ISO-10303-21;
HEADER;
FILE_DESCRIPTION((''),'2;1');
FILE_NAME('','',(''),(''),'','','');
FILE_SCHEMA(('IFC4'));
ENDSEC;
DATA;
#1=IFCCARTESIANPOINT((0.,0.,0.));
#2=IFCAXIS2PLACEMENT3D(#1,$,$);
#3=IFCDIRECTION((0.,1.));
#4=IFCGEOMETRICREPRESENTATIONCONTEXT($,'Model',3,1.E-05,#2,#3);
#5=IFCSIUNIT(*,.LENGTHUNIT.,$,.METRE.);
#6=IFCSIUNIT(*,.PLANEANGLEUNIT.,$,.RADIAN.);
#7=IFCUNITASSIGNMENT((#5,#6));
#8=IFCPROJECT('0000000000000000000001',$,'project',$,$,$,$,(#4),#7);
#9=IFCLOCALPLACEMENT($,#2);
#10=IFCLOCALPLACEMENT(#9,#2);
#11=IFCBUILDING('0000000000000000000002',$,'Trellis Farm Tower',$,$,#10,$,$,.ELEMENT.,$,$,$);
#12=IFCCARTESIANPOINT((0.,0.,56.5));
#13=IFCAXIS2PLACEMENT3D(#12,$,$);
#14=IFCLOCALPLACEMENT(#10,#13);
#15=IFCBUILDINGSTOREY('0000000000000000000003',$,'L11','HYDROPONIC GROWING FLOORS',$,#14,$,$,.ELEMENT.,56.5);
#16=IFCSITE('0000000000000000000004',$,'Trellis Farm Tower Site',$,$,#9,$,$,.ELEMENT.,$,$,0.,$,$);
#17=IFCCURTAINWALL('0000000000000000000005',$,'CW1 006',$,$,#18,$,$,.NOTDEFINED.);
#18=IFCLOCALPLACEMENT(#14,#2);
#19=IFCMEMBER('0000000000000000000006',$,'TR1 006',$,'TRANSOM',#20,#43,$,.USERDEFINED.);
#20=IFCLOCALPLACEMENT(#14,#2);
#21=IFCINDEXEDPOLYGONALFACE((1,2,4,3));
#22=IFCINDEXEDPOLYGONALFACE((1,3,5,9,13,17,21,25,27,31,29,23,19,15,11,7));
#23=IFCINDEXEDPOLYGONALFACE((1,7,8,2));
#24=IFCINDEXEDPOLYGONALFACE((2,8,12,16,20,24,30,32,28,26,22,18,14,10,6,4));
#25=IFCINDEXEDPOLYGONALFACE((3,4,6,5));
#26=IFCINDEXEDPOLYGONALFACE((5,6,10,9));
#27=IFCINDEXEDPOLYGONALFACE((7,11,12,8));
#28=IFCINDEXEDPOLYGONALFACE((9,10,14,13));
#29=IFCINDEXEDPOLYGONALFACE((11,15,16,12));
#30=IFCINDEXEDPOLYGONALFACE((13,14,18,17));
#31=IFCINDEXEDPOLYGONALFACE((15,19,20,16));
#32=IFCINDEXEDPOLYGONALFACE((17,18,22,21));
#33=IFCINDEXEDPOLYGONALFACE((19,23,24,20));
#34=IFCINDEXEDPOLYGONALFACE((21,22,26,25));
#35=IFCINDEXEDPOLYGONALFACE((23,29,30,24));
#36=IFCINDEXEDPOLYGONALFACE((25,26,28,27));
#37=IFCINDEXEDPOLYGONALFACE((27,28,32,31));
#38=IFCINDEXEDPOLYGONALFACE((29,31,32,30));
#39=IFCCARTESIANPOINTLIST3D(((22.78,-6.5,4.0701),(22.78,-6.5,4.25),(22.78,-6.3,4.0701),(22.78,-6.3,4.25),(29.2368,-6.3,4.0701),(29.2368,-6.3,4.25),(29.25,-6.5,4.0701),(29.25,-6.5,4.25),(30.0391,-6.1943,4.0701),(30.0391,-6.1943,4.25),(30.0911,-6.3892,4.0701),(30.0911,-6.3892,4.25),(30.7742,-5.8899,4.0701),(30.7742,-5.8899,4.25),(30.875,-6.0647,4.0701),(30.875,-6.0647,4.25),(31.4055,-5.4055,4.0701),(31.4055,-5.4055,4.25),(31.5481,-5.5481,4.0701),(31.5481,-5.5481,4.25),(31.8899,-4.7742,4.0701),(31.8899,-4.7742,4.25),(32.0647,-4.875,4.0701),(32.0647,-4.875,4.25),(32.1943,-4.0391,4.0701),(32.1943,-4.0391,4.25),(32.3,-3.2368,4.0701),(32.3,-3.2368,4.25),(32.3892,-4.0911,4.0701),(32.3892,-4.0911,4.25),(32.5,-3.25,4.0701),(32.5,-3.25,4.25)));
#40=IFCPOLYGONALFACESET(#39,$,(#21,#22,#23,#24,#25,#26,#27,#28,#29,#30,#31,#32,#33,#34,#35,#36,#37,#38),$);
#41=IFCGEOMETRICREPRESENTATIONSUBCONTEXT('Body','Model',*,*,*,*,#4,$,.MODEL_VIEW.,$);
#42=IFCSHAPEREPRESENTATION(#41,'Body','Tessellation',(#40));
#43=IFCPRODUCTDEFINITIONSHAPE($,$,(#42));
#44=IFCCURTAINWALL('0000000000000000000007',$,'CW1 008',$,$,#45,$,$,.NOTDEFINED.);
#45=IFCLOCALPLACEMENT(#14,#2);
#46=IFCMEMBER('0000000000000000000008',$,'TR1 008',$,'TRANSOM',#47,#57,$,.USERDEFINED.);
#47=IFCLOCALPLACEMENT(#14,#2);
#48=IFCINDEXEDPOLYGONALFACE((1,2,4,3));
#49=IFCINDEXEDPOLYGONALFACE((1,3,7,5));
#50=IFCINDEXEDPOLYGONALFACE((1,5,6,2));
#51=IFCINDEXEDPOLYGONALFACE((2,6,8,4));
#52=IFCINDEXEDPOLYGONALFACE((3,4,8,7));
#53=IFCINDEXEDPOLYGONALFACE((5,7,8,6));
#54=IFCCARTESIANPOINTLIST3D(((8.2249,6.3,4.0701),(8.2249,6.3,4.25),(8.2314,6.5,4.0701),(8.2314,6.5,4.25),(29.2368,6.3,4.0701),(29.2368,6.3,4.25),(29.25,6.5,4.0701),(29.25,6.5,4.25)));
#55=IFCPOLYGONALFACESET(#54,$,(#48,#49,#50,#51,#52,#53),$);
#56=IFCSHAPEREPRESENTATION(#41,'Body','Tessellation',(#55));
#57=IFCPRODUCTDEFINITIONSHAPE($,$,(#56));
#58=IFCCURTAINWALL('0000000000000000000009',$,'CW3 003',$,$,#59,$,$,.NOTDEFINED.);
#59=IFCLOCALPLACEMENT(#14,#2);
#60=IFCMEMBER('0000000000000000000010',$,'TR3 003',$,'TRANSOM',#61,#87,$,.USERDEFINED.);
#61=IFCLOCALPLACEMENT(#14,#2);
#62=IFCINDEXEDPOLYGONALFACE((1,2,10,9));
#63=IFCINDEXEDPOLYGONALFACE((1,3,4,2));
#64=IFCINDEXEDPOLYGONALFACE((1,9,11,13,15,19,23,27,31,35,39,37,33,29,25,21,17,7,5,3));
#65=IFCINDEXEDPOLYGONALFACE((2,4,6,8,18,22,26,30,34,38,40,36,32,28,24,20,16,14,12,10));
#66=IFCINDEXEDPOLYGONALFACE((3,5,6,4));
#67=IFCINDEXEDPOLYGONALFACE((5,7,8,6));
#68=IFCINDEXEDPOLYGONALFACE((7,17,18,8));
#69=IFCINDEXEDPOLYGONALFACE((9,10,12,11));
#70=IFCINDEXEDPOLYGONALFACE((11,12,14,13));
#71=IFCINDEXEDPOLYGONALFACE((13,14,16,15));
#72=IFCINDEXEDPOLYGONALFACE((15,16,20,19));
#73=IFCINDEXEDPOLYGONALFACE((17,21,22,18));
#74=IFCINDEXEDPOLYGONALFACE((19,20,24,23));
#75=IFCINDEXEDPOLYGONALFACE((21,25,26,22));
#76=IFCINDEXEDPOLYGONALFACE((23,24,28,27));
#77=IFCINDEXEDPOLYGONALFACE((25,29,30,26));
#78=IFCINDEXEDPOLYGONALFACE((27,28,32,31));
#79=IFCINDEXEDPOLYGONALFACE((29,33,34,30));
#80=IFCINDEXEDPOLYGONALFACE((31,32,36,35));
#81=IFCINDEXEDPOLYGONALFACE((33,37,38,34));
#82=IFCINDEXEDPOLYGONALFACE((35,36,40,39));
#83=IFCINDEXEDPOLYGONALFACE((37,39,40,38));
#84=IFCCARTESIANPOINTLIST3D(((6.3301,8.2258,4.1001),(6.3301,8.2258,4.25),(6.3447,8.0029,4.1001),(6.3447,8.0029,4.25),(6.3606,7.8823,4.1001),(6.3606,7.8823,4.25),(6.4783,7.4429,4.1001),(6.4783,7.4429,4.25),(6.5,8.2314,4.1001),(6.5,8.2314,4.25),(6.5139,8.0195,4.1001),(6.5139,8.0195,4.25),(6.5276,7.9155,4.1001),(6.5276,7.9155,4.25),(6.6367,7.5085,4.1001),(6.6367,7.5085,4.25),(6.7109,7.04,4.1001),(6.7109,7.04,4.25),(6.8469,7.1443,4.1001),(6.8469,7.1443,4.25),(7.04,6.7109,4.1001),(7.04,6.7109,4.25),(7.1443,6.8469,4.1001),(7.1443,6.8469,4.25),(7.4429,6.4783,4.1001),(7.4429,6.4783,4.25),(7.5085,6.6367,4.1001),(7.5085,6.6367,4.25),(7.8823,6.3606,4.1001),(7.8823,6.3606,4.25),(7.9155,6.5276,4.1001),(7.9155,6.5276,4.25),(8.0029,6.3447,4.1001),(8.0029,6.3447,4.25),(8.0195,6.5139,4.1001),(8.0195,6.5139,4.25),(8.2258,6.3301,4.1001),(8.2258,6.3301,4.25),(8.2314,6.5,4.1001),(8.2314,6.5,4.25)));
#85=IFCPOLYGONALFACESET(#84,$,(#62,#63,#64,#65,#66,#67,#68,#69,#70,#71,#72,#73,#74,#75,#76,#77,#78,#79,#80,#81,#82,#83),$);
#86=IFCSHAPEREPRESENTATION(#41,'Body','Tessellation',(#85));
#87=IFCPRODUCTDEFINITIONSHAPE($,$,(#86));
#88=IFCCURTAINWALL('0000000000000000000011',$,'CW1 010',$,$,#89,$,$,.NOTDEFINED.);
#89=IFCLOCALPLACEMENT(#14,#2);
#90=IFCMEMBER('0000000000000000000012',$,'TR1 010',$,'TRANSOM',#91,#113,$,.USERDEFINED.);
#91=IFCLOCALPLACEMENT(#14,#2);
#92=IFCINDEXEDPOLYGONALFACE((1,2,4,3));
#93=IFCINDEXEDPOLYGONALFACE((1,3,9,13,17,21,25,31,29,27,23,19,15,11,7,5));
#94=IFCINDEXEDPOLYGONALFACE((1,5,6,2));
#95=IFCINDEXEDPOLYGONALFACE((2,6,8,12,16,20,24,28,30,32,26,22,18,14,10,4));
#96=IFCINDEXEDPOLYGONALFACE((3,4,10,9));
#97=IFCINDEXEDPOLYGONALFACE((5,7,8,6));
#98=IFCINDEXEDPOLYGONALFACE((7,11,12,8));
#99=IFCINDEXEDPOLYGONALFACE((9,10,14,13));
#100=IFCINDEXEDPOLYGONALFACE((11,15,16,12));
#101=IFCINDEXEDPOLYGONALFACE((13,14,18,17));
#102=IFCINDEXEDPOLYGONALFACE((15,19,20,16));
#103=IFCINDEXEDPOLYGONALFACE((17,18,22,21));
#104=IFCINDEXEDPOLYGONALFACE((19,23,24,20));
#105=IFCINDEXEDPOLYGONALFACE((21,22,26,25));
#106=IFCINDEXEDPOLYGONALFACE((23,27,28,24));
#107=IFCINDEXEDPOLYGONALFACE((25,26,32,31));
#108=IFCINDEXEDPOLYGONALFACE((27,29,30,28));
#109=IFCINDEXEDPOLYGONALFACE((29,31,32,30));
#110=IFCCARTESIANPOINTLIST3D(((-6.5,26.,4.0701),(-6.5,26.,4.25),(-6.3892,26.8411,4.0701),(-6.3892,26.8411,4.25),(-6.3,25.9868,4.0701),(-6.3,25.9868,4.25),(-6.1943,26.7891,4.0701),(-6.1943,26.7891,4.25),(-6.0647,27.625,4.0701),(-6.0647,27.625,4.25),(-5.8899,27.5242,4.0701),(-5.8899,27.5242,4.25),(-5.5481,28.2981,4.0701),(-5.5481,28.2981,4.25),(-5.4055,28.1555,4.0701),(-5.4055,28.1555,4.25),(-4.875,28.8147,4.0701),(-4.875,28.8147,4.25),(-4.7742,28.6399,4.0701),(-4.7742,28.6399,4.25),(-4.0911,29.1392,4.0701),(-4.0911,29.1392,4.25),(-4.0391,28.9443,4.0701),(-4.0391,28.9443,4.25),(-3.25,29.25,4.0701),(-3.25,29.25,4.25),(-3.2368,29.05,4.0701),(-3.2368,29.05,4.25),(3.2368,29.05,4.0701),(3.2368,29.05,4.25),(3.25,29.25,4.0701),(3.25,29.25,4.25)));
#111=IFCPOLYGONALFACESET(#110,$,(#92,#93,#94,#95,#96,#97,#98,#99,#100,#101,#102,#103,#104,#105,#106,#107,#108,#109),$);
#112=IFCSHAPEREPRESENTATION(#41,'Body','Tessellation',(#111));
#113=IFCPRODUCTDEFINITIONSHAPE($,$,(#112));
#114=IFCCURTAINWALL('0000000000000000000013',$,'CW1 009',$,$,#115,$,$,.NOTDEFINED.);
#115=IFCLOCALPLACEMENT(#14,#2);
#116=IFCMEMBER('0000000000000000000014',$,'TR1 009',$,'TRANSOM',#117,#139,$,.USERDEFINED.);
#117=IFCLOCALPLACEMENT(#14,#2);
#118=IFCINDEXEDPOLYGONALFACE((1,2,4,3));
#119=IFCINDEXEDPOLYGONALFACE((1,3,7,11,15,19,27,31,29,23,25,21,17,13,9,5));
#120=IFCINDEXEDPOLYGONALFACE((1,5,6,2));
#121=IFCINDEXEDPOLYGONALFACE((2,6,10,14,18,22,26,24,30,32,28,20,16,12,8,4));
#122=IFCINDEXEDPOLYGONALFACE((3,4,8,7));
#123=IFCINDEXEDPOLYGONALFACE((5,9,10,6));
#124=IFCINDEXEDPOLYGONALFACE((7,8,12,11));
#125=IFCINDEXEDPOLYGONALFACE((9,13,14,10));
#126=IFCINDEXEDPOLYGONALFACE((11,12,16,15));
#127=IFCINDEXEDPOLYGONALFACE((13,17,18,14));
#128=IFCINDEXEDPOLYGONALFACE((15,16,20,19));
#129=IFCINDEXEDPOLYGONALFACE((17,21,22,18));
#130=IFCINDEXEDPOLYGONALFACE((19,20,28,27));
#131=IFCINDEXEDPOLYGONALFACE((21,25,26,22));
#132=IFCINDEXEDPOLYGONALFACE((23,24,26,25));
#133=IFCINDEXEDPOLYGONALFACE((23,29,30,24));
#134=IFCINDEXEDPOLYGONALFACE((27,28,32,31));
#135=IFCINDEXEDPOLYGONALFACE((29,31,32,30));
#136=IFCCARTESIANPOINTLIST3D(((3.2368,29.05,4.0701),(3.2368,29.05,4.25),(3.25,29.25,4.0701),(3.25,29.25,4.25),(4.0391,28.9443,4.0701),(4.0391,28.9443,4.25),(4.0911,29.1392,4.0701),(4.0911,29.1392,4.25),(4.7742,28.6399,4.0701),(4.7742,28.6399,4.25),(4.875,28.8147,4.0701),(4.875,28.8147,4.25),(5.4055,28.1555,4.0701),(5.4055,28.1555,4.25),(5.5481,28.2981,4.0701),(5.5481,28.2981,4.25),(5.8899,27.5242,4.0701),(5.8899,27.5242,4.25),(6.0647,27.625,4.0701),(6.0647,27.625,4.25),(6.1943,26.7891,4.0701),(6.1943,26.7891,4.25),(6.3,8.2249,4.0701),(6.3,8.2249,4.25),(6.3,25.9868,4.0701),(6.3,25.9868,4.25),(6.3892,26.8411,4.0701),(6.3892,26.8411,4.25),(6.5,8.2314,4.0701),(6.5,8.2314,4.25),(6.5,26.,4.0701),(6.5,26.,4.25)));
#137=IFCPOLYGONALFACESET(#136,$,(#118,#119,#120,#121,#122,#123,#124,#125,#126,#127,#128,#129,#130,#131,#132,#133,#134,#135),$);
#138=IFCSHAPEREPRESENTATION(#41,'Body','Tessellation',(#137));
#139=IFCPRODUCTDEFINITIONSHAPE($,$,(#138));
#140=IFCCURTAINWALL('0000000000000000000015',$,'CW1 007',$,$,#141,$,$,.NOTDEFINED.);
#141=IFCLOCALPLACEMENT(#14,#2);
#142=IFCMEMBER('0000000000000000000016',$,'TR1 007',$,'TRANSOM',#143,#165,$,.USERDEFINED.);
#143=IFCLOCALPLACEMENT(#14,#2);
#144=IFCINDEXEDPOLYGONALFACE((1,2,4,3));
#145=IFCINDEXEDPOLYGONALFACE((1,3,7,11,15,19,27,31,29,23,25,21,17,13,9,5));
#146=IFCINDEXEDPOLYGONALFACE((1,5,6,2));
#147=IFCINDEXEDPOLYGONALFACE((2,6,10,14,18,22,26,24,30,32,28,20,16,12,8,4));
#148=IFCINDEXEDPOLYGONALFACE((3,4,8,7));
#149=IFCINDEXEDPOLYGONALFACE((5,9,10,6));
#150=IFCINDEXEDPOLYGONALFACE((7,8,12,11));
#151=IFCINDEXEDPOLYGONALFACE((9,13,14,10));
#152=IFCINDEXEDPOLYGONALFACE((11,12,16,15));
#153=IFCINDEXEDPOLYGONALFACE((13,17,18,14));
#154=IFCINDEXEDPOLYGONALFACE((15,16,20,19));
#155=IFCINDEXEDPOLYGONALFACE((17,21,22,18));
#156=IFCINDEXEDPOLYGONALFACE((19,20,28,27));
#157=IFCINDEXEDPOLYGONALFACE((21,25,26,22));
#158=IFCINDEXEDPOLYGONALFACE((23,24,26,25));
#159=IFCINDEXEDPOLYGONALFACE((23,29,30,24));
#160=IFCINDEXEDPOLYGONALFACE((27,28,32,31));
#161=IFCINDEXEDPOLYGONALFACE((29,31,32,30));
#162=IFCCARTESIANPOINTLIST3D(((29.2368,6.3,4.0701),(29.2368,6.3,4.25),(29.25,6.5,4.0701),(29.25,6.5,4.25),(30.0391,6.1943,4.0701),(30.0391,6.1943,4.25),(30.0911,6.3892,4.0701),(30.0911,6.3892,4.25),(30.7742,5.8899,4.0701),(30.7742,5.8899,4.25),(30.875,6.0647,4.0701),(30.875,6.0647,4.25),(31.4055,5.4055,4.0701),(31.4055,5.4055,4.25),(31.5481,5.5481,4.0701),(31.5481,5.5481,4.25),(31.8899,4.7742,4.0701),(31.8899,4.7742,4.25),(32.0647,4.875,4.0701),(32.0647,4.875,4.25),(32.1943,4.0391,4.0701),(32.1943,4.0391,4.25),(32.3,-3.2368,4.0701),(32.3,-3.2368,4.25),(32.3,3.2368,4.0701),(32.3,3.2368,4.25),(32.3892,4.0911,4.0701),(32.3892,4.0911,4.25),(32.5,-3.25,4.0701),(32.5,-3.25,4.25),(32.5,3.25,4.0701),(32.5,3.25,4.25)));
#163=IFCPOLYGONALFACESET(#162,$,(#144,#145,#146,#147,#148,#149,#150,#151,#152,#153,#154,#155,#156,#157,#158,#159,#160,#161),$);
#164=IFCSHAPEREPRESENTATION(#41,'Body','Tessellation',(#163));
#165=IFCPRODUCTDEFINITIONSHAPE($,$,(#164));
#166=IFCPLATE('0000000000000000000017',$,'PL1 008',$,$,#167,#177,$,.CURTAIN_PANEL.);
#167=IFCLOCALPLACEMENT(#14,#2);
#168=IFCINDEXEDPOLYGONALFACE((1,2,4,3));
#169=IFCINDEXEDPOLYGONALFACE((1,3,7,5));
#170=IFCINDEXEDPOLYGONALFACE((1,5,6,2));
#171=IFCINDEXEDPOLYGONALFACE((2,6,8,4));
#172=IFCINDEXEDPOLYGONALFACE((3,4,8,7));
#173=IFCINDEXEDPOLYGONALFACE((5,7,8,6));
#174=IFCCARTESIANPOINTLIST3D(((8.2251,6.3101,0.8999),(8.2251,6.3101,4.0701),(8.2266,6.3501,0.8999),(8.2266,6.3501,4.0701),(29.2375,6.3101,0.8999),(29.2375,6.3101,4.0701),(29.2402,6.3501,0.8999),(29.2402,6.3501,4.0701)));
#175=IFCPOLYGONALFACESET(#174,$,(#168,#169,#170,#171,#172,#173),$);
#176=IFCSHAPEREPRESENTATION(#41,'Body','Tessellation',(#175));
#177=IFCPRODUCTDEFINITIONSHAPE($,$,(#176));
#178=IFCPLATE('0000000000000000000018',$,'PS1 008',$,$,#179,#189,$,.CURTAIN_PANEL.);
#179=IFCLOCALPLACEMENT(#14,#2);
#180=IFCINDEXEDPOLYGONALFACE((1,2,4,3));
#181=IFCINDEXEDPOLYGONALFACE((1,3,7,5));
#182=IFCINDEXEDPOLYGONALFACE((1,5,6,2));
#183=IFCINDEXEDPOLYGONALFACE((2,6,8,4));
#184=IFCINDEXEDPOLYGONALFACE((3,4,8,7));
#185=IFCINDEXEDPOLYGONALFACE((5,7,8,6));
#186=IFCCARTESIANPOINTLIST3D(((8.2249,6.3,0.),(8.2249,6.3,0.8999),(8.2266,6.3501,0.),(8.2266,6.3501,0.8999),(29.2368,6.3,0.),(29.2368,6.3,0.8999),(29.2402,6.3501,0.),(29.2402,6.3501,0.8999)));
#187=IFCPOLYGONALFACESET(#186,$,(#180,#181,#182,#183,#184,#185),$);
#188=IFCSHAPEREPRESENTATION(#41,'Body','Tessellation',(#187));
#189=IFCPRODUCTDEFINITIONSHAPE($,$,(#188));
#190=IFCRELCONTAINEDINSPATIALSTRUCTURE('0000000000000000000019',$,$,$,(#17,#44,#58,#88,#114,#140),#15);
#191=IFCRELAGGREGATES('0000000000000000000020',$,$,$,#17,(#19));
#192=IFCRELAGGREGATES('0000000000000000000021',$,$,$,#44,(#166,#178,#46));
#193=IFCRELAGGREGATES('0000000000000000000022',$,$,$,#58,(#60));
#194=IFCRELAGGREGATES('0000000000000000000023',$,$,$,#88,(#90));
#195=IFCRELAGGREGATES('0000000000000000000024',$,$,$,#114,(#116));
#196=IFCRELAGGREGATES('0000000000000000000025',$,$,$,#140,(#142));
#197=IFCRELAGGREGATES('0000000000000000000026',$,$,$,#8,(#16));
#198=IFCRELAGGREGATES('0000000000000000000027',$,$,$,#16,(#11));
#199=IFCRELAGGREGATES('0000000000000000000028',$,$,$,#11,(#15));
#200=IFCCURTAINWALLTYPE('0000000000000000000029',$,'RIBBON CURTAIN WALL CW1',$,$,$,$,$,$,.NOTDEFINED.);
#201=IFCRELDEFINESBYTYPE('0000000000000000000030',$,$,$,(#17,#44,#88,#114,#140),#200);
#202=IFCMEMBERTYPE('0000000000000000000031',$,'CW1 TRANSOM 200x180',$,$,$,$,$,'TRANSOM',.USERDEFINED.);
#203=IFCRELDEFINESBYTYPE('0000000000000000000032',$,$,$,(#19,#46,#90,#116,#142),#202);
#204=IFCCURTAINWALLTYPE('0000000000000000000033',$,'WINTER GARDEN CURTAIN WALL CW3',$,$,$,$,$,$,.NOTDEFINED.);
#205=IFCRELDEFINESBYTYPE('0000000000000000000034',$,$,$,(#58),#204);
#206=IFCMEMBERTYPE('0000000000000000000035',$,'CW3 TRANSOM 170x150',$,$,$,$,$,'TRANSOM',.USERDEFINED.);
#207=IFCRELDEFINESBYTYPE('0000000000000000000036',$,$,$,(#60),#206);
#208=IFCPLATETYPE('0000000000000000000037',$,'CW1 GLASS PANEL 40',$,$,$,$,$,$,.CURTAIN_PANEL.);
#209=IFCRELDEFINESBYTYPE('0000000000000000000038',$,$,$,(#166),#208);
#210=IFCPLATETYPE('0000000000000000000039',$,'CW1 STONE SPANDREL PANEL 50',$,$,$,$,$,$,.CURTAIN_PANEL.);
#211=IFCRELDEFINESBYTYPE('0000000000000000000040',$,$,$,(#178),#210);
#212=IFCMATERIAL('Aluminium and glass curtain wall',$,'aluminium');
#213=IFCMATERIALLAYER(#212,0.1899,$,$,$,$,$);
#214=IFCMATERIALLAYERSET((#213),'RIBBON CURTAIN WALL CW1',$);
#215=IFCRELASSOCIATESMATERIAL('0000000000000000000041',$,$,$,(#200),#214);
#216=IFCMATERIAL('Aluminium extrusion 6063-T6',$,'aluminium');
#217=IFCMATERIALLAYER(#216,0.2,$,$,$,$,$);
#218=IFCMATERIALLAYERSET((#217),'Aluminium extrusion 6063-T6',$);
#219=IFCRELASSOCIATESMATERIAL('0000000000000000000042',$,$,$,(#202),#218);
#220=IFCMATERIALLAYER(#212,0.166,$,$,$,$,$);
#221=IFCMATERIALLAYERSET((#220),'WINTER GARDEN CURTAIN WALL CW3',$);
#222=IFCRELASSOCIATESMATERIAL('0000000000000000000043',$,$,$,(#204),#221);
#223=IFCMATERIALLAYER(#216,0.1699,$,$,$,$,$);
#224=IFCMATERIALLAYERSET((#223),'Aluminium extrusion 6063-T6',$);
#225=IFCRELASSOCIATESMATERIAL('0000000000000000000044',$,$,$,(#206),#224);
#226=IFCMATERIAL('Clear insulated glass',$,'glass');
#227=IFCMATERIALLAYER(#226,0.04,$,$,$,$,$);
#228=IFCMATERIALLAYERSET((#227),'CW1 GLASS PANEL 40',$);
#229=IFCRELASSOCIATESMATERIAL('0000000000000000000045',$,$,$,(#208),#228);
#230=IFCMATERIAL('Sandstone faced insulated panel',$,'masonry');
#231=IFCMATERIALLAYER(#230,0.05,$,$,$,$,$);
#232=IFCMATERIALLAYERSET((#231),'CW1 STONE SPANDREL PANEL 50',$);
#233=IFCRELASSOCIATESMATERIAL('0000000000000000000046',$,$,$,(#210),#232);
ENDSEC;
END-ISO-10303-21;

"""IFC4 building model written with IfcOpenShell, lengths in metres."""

from ifc_helpers import new_model, si_unit, direction, frame, origin, place, context, subcontext, project, spatial, polyline, outline, extrude, source, transform, mapped, material, layer, layer_set, type_object, element, aggregate, save


model = new_model("IFC4")

# Units and contexts
model_context = context("Model", 3, precision=1e-05, world=origin(), true_north=direction((0.0, 1.0)))
body_context = subcontext(model_context, "Body", "Model", "MODEL_VIEW")
ifc_project = project(units=[si_unit("LENGTHUNIT", "METRE"), si_unit("PLANEANGLEUNIT", "RADIAN")], contexts=[model_context])

# Site, building, storey
site_placement = place(None, origin())
site = spatial("IfcSite", under=ifc_project, at=site_placement, Name="Trellis Farm Tower Site", CompositionType="ELEMENT", RefElevation=0.0)
building_placement = place(site_placement, origin())
building = spatial("IfcBuilding", under=site, at=building_placement, Name="Trellis Farm Tower", CompositionType="ELEMENT")
storey_placement = place(building_placement, frame((0.0, 0.0, 56.5)))
storey = spatial("IfcBuildingStorey", under=building, at=storey_placement, Name="L11", Description="HYDROPONIC GROWING FLOORS", CompositionType="ELEMENT", Elevation=56.5)

# Curtain walls, members
ifc_material_1 = material(Name="Aluminium and glass curtain wall", Category="aluminium")
ifc_layer_1 = layer(ifc_material_1, 0.1899)
ifc_layer_set_1 = layer_set([ifc_layer_1], Name="RIBBON CURTAIN WALL CW1")
curtain_wall_type_1 = type_object("IfcCurtainWallType", Name="RIBBON CURTAIN WALL CW1", PredefinedType="NOTDEFINED", material=ifc_layer_set_1)
placement_1 = place(storey_placement, origin())
curtain_wall_1 = element("IfcCurtainWall", 1, at=placement_1, inside=storey, type_object=curtain_wall_type_1, Name="CW1 006", PredefinedType="NOTDEFINED")
ifc_material_2 = material(Name="Aluminium extrusion 6063-T6", Category="aluminium")
ifc_layer_2 = layer(ifc_material_2, 0.2)
ifc_layer_set_2 = layer_set([ifc_layer_2], Name="Aluminium extrusion 6063-T6")
member_type_1 = type_object("IfcMemberType", Name="CW1 TRANSOM 200x180", ElementType="TRANSOM", PredefinedType="USERDEFINED", material=ifc_layer_set_2)
shared_shape_1 = source(origin(), body_context, "Body", "SweptSolid", [
    extrude(outline(polyline([(22.78, -6.5), (29.25, -6.5), (30.0911, -6.3892), (30.875, -6.0647), (31.5481, -5.5481), (32.0647, -4.875), (32.3892, -4.0911), (32.5, -3.25), (32.3, -3.2368), (32.1943, -4.0391), (31.8899, -4.7742), (31.4055, -5.4055), (30.7742, -5.8899), (30.0391, -6.1943), (29.2368, -6.3), (22.78, -6.3), (22.78, -6.5)])), origin(), (0.0, 0.0, 1.0), 0.1799),
])
placement_2 = place(storey_placement, frame((0.0, 0.0, 4.0701)))
member_1 = element("IfcMember", 2, at=placement_2, type_object=member_type_1, Name="TR1 006", ObjectType="TRANSOM", PredefinedType="USERDEFINED", context=body_context, shape_type="MappedRepresentation", body=[
    mapped(shared_shape_1, transform((0.0, 0.0, 0.0))),
])
aggregate(curtain_wall_1, [member_1])
curtain_wall_2 = element("IfcCurtainWall", 3, at=placement_1, inside=storey, type_object=curtain_wall_type_1, Name="CW1 008", PredefinedType="NOTDEFINED")
shared_shape_2 = source(origin(), body_context, "Body", "SweptSolid", [
    extrude(outline(polyline([(29.25, 6.5), (8.2314, 6.5), (8.2249, 6.3), (29.2368, 6.3), (29.25, 6.5)])), origin(), (0.0, 0.0, 1.0), 0.1799),
])
member_2 = element("IfcMember", 4, at=placement_2, type_object=member_type_1, Name="TR1 008", ObjectType="TRANSOM", PredefinedType="USERDEFINED", context=body_context, shape_type="MappedRepresentation", body=[
    mapped(shared_shape_2, transform((0.0, 0.0, 0.0))),
])
ifc_layer_3 = layer(ifc_material_1, 0.166)
ifc_layer_set_3 = layer_set([ifc_layer_3], Name="WINTER GARDEN CURTAIN WALL CW3")
curtain_wall_type_2 = type_object("IfcCurtainWallType", Name="WINTER GARDEN CURTAIN WALL CW3", PredefinedType="NOTDEFINED", material=ifc_layer_set_3)
curtain_wall_3 = element("IfcCurtainWall", 5, at=placement_1, inside=storey, type_object=curtain_wall_type_2, Name="CW3 003", PredefinedType="NOTDEFINED")
ifc_layer_4 = layer(ifc_material_2, 0.1699)
ifc_layer_set_4 = layer_set([ifc_layer_4], Name="Aluminium extrusion 6063-T6")
member_type_2 = type_object("IfcMemberType", Name="CW3 TRANSOM 170x150", ElementType="TRANSOM", PredefinedType="USERDEFINED", material=ifc_layer_set_4)
shared_shape_3 = source(origin(), body_context, "Body", "SweptSolid", [
    extrude(outline(polyline([(8.2314, 6.5), (8.0195, 6.5139), (7.9155, 6.5276), (7.5085, 6.6367), (7.1443, 6.8469), (6.8469, 7.1443), (6.6367, 7.5085), (6.5276, 7.9155), (6.5139, 8.0195), (6.5, 8.2314), (6.3301, 8.2258), (6.3447, 8.0029), (6.3606, 7.8823), (6.4783, 7.4429), (6.7109, 7.04), (7.04, 6.7109), (7.4429, 6.4783), (7.8823, 6.3606), (8.0029, 6.3447), (8.2258, 6.3301), (8.2314, 6.5)])), origin(), (0.0, 0.0, 1.0), 0.1499),
])
member_3_placement = place(storey_placement, frame((0.0, 0.0, 4.1001)))
member_3 = element("IfcMember", 6, at=member_3_placement, type_object=member_type_2, Name="TR3 003", ObjectType="TRANSOM", PredefinedType="USERDEFINED", context=body_context, shape_type="MappedRepresentation", body=[
    mapped(shared_shape_3, transform((0.0, 0.0, 0.0))),
])
curtain_wall_4 = element("IfcCurtainWall", 7, at=placement_1, inside=storey, type_object=curtain_wall_type_1, Name="CW1 010", PredefinedType="NOTDEFINED")
shared_shape_4 = source(origin(), body_context, "Body", "SweptSolid", [
    extrude(outline(polyline([(3.25, 29.25), (-3.25, 29.25), (-4.0911, 29.1392), (-4.875, 28.8147), (-5.5481, 28.2981), (-6.0647, 27.625), (-6.3892, 26.8411), (-6.5, 26.0), (-6.3, 25.9868), (-6.1943, 26.7891), (-5.8899, 27.5242), (-5.4055, 28.1555), (-4.7742, 28.6399), (-4.0391, 28.9443), (-3.2368, 29.05), (3.2368, 29.05), (3.25, 29.25)])), origin(), (0.0, 0.0, 1.0), 0.1799),
])
member_4 = element("IfcMember", 8, at=placement_2, type_object=member_type_1, Name="TR1 010", ObjectType="TRANSOM", PredefinedType="USERDEFINED", context=body_context, shape_type="MappedRepresentation", body=[
    mapped(shared_shape_4, transform((0.0, 0.0, 0.0))),
])
curtain_wall_5 = element("IfcCurtainWall", 9, at=placement_1, inside=storey, type_object=curtain_wall_type_1, Name="CW1 009", PredefinedType="NOTDEFINED")
shared_shape_5 = source(origin(), body_context, "Body", "SweptSolid", [
    extrude(outline(polyline([(6.5, 8.2314), (6.5, 26.0), (6.3892, 26.8411), (6.0647, 27.625), (5.5481, 28.2981), (4.875, 28.8147), (4.0911, 29.1392), (3.25, 29.25), (3.2368, 29.05), (4.0391, 28.9443), (4.7742, 28.6399), (5.4055, 28.1555), (5.8899, 27.5242), (6.1943, 26.7891), (6.3, 25.9868), (6.3, 8.2249), (6.5, 8.2314)])), origin(), (0.0, 0.0, 1.0), 0.1799),
])
member_5 = element("IfcMember", 10, at=placement_2, type_object=member_type_1, Name="TR1 009", ObjectType="TRANSOM", PredefinedType="USERDEFINED", context=body_context, shape_type="MappedRepresentation", body=[
    mapped(shared_shape_5, transform((0.0, 0.0, 0.0))),
])
curtain_wall_6 = element("IfcCurtainWall", 11, at=placement_1, inside=storey, type_object=curtain_wall_type_1, Name="CW1 007", PredefinedType="NOTDEFINED")
shared_shape_6 = source(origin(), body_context, "Body", "SweptSolid", [
    extrude(outline(polyline([(32.5, -3.25), (32.5, 3.25), (32.3892, 4.0911), (32.0647, 4.875), (31.5481, 5.5481), (30.875, 6.0647), (30.0911, 6.3892), (29.25, 6.5), (29.2368, 6.3), (30.0391, 6.1943), (30.7742, 5.8899), (31.4055, 5.4055), (31.8899, 4.7742), (32.1943, 4.0391), (32.3, 3.2368), (32.3, -3.2368), (32.5, -3.25)])), origin(), (0.0, 0.0, 1.0), 0.1799),
])
member_6 = element("IfcMember", 12, at=placement_2, type_object=member_type_1, Name="TR1 007", ObjectType="TRANSOM", PredefinedType="USERDEFINED", context=body_context, shape_type="MappedRepresentation", body=[
    mapped(shared_shape_6, transform((0.0, 0.0, 0.0))),
])

# Plates
ifc_material_3 = material(Name="Clear insulated glass", Category="glass")
ifc_layer_5 = layer(ifc_material_3, 0.04)
ifc_layer_set_5 = layer_set([ifc_layer_5], Name="CW1 GLASS PANEL 40")
plate_type_1 = type_object("IfcPlateType", Name="CW1 GLASS PANEL 40", PredefinedType="CURTAIN_PANEL", material=ifc_layer_set_5)
shared_shape_7 = source(origin(), body_context, "Body", "SweptSolid", [
    extrude(outline(polyline([(29.2402, 6.3501), (8.2266, 6.3501), (8.2251, 6.3101), (29.2375, 6.3101), (29.2402, 6.3501)])), origin(), (0.0, 0.0, 1.0), 3.1702),
])
placement_3 = place(storey_placement, frame((0.0, 0.0, 0.8999)))
plate_1 = element("IfcPlate", 13, at=placement_3, type_object=plate_type_1, Name="PL1 008", PredefinedType="CURTAIN_PANEL", context=body_context, shape_type="MappedRepresentation", body=[
    mapped(shared_shape_7, transform((0.0, 0.0, 0.0))),
])
ifc_material_4 = material(Name="Sandstone faced insulated panel", Category="masonry")
ifc_layer_6 = layer(ifc_material_4, 0.05)
ifc_layer_set_6 = layer_set([ifc_layer_6], Name="CW1 STONE SPANDREL PANEL 50")
plate_type_2 = type_object("IfcPlateType", Name="CW1 STONE SPANDREL PANEL 50", PredefinedType="CURTAIN_PANEL", material=ifc_layer_set_6)
shared_shape_8 = source(origin(), body_context, "Body", "SweptSolid", [
    extrude(outline(polyline([(29.2402, 6.3501), (8.2266, 6.3501), (8.2249, 6.3), (29.2368, 6.3), (29.2402, 6.3501)])), origin(), (0.0, 0.0, 1.0), 0.8999),
])
plate_2 = element("IfcPlate", 14, at=placement_1, type_object=plate_type_2, Name="PS1 008", PredefinedType="CURTAIN_PANEL", context=body_context, shape_type="MappedRepresentation", body=[
    mapped(shared_shape_8, transform((0.0, 0.0, 0.0))),
])
aggregate(curtain_wall_2, [plate_1, plate_2, member_2])
aggregate(curtain_wall_3, [member_3])
aggregate(curtain_wall_4, [member_4])
aggregate(curtain_wall_5, [member_5])
aggregate(curtain_wall_6, [member_6])

save(model, "model.ifc")
